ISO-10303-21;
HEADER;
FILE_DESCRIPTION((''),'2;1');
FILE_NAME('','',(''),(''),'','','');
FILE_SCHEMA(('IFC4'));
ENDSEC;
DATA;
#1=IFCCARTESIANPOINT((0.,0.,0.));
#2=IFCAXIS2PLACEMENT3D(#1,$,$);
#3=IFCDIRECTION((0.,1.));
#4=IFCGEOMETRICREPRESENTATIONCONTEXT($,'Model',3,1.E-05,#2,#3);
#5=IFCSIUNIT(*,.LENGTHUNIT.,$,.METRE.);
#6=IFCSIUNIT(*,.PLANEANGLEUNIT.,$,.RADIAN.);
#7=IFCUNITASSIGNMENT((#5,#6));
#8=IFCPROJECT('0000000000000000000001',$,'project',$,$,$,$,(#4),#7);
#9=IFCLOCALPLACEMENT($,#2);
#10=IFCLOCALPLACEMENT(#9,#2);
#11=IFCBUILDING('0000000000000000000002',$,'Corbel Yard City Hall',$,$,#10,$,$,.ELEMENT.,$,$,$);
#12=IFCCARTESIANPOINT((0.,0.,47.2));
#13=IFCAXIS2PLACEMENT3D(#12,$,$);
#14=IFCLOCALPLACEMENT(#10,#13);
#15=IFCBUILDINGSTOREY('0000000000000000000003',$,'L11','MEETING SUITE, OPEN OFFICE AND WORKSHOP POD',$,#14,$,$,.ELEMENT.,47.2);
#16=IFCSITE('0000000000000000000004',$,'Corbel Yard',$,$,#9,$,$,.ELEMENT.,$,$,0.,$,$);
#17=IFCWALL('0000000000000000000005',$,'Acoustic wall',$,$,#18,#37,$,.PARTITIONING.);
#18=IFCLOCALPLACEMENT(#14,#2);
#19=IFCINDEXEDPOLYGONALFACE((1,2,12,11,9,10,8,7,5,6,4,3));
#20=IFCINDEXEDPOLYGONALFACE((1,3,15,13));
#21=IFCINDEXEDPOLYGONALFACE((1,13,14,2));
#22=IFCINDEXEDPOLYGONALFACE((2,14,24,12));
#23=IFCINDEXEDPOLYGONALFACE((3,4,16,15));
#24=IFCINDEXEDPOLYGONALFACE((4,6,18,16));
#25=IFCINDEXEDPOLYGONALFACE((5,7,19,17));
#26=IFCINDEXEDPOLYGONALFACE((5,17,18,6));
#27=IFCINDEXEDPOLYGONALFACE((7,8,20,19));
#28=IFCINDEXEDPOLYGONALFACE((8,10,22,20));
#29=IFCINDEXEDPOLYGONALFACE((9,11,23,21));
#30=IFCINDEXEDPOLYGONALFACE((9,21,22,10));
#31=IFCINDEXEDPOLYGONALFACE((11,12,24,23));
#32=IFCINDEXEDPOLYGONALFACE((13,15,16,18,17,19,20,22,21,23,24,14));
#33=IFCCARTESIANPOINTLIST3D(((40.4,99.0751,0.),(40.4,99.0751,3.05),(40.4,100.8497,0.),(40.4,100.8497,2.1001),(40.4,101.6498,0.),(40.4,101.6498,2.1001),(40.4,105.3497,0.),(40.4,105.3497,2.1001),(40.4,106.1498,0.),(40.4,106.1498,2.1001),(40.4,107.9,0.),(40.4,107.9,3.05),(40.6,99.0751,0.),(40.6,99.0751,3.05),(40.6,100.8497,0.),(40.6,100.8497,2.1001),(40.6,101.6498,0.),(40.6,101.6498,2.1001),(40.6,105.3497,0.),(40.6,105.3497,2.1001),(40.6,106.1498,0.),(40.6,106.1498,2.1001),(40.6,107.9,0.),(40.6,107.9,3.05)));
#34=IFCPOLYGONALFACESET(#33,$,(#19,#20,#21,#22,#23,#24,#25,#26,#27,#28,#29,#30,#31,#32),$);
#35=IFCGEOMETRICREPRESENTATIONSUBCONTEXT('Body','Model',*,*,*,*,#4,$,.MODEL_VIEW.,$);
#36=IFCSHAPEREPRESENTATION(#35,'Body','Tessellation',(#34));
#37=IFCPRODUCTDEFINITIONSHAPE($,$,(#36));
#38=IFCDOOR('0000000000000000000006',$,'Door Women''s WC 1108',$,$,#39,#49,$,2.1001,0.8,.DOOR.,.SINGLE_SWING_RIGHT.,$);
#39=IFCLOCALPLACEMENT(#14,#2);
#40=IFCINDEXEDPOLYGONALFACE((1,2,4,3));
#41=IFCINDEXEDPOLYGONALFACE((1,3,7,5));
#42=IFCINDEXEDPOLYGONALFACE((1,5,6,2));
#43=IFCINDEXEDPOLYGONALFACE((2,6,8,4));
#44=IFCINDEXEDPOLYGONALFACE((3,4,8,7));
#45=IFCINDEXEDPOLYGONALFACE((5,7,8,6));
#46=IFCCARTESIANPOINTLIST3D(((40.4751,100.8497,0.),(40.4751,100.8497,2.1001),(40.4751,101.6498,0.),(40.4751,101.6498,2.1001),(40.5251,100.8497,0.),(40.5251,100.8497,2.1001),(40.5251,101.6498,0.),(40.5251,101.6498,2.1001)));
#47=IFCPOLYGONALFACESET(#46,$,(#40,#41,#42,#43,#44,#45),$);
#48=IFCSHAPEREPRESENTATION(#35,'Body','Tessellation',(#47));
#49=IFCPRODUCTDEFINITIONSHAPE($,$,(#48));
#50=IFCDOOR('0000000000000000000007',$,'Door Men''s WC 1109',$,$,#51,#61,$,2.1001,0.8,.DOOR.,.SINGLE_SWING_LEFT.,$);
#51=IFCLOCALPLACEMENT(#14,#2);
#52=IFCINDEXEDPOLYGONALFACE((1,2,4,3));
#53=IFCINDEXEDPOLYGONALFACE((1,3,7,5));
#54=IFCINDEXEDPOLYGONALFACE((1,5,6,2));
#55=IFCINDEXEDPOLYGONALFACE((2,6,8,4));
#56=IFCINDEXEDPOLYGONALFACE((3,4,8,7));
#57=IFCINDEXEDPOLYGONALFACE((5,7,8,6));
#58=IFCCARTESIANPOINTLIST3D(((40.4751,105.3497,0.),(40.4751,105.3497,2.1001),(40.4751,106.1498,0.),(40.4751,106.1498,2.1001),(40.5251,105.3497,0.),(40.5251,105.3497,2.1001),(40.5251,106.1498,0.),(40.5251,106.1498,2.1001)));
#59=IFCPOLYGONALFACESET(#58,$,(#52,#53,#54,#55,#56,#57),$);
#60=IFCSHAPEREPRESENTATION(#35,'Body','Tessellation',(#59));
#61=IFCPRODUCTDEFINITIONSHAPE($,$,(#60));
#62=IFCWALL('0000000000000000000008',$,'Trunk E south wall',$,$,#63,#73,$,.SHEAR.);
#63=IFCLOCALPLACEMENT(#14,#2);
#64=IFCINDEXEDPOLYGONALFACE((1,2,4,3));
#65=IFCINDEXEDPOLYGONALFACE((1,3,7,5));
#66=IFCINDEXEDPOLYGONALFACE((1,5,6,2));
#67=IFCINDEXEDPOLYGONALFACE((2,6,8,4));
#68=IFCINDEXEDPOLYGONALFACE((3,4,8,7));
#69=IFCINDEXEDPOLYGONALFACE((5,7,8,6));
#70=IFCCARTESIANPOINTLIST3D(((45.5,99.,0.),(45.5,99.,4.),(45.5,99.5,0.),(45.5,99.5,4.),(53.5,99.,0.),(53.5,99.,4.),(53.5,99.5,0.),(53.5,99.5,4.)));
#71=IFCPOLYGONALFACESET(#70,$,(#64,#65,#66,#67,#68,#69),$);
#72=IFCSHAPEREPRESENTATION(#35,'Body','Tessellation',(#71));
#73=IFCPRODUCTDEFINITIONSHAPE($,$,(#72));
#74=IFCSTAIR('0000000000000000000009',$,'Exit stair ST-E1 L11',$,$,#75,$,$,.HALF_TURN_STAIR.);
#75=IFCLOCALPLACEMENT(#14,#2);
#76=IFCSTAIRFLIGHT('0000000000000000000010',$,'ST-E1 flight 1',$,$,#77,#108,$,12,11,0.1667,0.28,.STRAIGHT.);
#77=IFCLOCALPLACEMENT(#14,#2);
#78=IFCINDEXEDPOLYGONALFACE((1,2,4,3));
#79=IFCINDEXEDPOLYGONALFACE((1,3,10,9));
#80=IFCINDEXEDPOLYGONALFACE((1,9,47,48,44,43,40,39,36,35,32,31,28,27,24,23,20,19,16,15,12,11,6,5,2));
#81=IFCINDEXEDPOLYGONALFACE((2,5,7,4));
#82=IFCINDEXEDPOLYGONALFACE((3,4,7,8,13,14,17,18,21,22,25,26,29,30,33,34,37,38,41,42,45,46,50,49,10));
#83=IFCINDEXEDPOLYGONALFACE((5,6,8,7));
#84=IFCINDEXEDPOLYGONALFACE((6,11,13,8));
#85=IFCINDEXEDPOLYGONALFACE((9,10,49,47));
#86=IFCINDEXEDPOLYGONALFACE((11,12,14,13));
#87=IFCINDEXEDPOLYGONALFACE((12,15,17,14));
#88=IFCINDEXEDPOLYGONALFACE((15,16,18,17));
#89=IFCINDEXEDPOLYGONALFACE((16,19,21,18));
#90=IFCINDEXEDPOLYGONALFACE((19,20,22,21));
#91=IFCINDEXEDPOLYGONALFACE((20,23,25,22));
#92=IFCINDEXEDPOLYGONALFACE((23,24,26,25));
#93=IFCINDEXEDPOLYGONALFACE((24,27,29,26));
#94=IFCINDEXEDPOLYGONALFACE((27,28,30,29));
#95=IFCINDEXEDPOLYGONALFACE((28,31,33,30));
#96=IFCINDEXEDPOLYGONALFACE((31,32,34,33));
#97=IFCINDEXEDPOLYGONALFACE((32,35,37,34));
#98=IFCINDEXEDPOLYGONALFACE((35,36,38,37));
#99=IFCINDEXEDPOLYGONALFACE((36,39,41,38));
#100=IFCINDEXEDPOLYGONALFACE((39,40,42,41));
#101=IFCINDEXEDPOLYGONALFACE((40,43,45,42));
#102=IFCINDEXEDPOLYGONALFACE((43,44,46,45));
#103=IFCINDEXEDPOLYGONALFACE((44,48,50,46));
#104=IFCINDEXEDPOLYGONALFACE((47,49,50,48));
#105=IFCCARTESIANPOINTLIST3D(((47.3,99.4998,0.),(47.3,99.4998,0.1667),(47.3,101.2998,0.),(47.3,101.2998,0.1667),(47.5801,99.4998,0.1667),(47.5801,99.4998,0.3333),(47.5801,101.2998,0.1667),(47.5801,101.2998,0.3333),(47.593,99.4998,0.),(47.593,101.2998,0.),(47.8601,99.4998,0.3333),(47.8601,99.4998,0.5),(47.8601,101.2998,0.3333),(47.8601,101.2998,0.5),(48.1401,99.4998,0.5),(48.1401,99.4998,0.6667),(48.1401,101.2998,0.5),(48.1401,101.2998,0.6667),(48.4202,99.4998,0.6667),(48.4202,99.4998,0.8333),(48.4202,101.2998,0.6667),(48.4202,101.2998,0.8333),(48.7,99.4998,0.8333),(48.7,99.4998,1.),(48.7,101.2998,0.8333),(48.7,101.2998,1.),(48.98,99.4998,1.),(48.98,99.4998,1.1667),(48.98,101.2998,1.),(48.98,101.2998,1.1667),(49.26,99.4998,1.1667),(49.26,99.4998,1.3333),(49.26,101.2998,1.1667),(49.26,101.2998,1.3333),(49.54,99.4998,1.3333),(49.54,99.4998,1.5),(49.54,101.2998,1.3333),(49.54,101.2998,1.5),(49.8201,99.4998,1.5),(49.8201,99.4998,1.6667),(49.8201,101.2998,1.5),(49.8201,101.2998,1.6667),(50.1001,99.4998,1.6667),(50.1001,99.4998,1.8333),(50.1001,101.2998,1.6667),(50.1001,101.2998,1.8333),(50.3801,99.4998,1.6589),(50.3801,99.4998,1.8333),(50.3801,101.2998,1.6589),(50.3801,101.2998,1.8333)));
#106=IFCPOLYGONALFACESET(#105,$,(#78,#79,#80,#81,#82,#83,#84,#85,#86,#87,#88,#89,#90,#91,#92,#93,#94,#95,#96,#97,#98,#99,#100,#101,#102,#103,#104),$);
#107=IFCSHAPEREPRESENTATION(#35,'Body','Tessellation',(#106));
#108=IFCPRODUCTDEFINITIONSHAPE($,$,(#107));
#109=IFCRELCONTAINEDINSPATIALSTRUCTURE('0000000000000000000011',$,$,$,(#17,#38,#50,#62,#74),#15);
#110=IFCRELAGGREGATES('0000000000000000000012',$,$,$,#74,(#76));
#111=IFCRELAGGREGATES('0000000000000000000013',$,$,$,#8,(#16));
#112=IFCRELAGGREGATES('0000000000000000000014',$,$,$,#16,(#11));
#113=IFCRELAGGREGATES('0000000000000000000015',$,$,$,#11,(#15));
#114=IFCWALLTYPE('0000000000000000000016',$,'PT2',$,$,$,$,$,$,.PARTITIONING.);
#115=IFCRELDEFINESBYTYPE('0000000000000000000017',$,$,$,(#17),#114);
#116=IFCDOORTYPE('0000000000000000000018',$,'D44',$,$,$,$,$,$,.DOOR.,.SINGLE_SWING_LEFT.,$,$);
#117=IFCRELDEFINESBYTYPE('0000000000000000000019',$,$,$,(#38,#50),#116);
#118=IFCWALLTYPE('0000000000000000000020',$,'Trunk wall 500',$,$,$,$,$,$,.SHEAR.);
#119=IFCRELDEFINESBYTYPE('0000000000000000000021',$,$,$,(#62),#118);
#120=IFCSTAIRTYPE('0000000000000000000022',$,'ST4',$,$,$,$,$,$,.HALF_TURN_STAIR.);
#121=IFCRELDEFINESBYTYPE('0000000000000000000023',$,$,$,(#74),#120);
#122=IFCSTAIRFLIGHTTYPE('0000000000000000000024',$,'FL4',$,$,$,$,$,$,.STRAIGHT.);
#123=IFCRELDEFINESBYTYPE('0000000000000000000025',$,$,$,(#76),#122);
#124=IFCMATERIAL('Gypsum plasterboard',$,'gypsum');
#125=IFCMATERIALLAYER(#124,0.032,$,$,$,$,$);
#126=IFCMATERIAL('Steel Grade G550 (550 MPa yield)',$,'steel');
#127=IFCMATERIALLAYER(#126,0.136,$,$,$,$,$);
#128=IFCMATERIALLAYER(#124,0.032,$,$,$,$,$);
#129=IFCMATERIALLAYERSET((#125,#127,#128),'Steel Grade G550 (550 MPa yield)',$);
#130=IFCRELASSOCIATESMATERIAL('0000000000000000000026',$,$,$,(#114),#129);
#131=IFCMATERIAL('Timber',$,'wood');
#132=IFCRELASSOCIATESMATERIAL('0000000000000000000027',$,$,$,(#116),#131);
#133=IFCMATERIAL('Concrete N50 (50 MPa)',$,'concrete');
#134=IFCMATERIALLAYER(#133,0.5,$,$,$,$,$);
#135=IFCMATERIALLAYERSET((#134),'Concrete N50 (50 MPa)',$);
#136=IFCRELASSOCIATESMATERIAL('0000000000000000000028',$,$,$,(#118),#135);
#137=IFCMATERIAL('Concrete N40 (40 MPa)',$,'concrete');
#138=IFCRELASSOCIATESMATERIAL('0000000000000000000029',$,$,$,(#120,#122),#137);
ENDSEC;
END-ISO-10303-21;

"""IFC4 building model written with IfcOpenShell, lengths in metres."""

from ifc_helpers import new_model, si_unit, direction, frame, frame_2d, origin, place, context, subcontext, project, spatial, polyline, rectangle, outline, extrude, material, layer, layer_set, type_object, element, fill, aggregate, save


model = new_model("IFC4")

# Units and contexts
model_context = context("Model", 3, precision=1e-05, world=origin(), true_north=direction((0.0, 1.0)))
body_context = subcontext(model_context, "Body", "Model", "MODEL_VIEW")
ifc_project = project(units=[si_unit("LENGTHUNIT", "METRE"), si_unit("PLANEANGLEUNIT", "RADIAN")], contexts=[model_context])

# Site, building, storey
site_placement = place(None, origin())
site = spatial("IfcSite", under=ifc_project, at=site_placement, Name="Corbel Yard", CompositionType="ELEMENT", RefElevation=0.0)
building_placement = place(site_placement, origin())
building = spatial("IfcBuilding", under=site, at=building_placement, Name="Corbel Yard City Hall", CompositionType="ELEMENT")
storey_placement = place(building_placement, frame((0.0, 0.0, 47.2)))
storey = spatial("IfcBuildingStorey", under=building, at=storey_placement, Name="L11", Description="MEETING SUITE, OPEN OFFICE AND WORKSHOP POD", CompositionType="ELEMENT", Elevation=47.2)

# Wall, openings, doors
ifc_material_1 = material(Name="Gypsum plasterboard", Category="gypsum")
ifc_layer_1 = layer(ifc_material_1, 0.032)
ifc_material_2 = material(Name="Steel Grade G550 (550 MPa yield)", Category="steel")
ifc_layer_2 = layer(ifc_material_2, 0.136)
ifc_layer_3 = layer(ifc_material_1, 0.032)
ifc_layer_set_1 = layer_set([ifc_layer_1, ifc_layer_2, ifc_layer_3], Name="Steel Grade G550 (550 MPa yield)")
wall_type_1 = type_object("IfcWallType", Name="PT2", PredefinedType="PARTITIONING", material=ifc_layer_set_1)
wall_1_placement = place(storey_placement, frame((40.5, 99.075, 0.0), z_axis=(0.0, 0.0, 1.0), x_axis=(0.0, 1.0, 0.0)))
wall_1 = element("IfcWall", 1, at=wall_1_placement, inside=storey, type_object=wall_type_1, Name="Acoustic wall", PredefinedType="PARTITIONING", context=body_context, shape_type="SweptSolid", body=[
    extrude(rectangle(XDim=8.825, YDim=0.2, at=frame_2d((4.4126, 0.0))), origin(), (0.0, 0.0, 1.0), 3.05),
])
opening_1_placement = place(wall_1_placement, frame((1.7749, 0.0, 0.0)))
opening_1 = element("IfcOpeningElement", 2, at=opening_1_placement, cuts=wall_1, PredefinedType="OPENING", context=body_context, shape_type="SweptSolid", body=[
    extrude(rectangle(XDim=0.8, YDim=2.1001, at=frame_2d((0.3999, 1.05))), frame((0.0, 0.1099, 0.0), z_axis=(0.0, -1.0, 0.0), x_axis=(1.0, 0.0, 0.0)), (0.0, 0.0, 1.0), 0.22),
])
opening_2_placement = place(wall_1_placement, frame((6.2749, 0.0, 0.0)))
opening_2 = element("IfcOpeningElement", 3, at=opening_2_placement, cuts=wall_1, PredefinedType="OPENING", context=body_context, shape_type="SweptSolid", body=[
    extrude(rectangle(XDim=0.8, YDim=2.1001, at=frame_2d((0.3999, 1.05))), frame((0.0, 0.1099, 0.0), z_axis=(0.0, -1.0, 0.0), x_axis=(1.0, 0.0, 0.0)), (0.0, 0.0, 1.0), 0.22),
])
ifc_material_3 = material(Name="Timber", Category="wood")
door_type = type_object("IfcDoorType", Name="D44", OperationType="SINGLE_SWING_LEFT", PredefinedType="DOOR", material=ifc_material_3)
door_1_placement = place(opening_1_placement, origin())
door_1 = element("IfcDoor", 4, at=door_1_placement, inside=storey, type_object=door_type, Name="Door Women's WC 1108", OperationType="SINGLE_SWING_RIGHT", OverallHeight=2.1001, OverallWidth=0.8, PredefinedType="DOOR", context=body_context, shape_type="SweptSolid", body=[
    extrude(rectangle(XDim=0.8, YDim=2.1001, at=frame_2d((0.3999, 1.05))), frame((0.0, 0.0249, 0.0), z_axis=(0.0, -1.0, 0.0), x_axis=(1.0, 0.0, 0.0)), (0.0, 0.0, 1.0), 0.05),
])
fill(opening_1, door_1)
door_2_placement = place(opening_2_placement, origin())
door_2 = element("IfcDoor", 5, at=door_2_placement, inside=storey, type_object=door_type, Name="Door Men's WC 1109", OperationType="SINGLE_SWING_LEFT", OverallHeight=2.1001, OverallWidth=0.8, PredefinedType="DOOR", context=body_context, shape_type="SweptSolid", body=[
    extrude(rectangle(XDim=0.8, YDim=2.1001, at=frame_2d((0.3999, 1.05))), frame((0.0, 0.0249, 0.0), z_axis=(0.0, -1.0, 0.0), x_axis=(1.0, 0.0, 0.0)), (0.0, 0.0, 1.0), 0.05),
])
fill(opening_2, door_2)

# Wall
ifc_material_4 = material(Name="Concrete N50 (50 MPa)", Category="concrete")
ifc_layer_4 = layer(ifc_material_4, 0.5)
ifc_layer_set_2 = layer_set([ifc_layer_4], Name="Concrete N50 (50 MPa)")
wall_type_2 = type_object("IfcWallType", Name="Trunk wall 500", PredefinedType="SHEAR", material=ifc_layer_set_2)
wall_2_placement = place(storey_placement, frame((45.5, 99.25, 0.0), z_axis=(0.0, 0.0, 1.0), x_axis=(1.0, 0.0, 0.0)))
element("IfcWall", 6, at=wall_2_placement, inside=storey, type_object=wall_type_2, Name="Trunk E south wall", PredefinedType="SHEAR", context=body_context, shape_type="SweptSolid", body=[
    extrude(rectangle(XDim=8.0, YDim=0.5, at=frame_2d((4.0, 0.0))), origin(), (0.0, 0.0, 1.0), 4.0),
])

# Stair, stair flight
ifc_material_5 = material(Name="Concrete N40 (40 MPa)", Category="concrete")
stair_type = type_object("IfcStairType", Name="ST4", PredefinedType="HALF_TURN_STAIR", material=ifc_material_5)
stair_placement = place(storey_placement, origin())
stair = element("IfcStair", 7, at=stair_placement, inside=storey, type_object=stair_type, Name="Exit stair ST-E1 L11", PredefinedType="HALF_TURN_STAIR")
stair_flight_type = type_object("IfcStairFlightType", Name="FL4", PredefinedType="STRAIGHT", material=ifc_material_5)
stair_flight_placement = place(storey_placement, frame((47.3, 100.3999, 0.0), z_axis=(0.0, 0.0, 1.0), x_axis=(1.0, 0.0, 0.0)))
stair_flight = element("IfcStairFlight", 8, at=stair_flight_placement, type_object=stair_flight_type, Name="ST-E1 flight 1", NumberOfRisers=12, NumberOfTreads=11, PredefinedType="STRAIGHT", RiserHeight=0.1667, TreadLength=0.28, context=body_context, shape_type="SweptSolid", body=[
    extrude(outline(polyline([(0.0, 0.0), (0.0, 0.1667), (0.28, 0.1667), (0.28, 0.3333), (0.5601, 0.3333), (0.5601, 0.5), (0.8401, 0.5), (0.8401, 0.6667), (1.1201, 0.6667), (1.1201, 0.8333), (1.3999, 0.8333), (1.3999, 1.0), (1.6799, 1.0), (1.6799, 1.1667), (1.96, 1.1667), (1.96, 1.3333), (2.24, 1.3333), (2.24, 1.5), (2.52, 1.5), (2.52, 1.6667), (2.8, 1.6667), (2.8, 1.8333), (3.0801, 1.8333), (3.0801, 2.0), (3.0801, 1.6589), (0.293, 0.0), (0.0, 0.0)])), frame((0.0, 0.8999, 0.0), z_axis=(0.0, -1.0, 0.0), x_axis=(1.0, 0.0, 0.0)), (0.0, 0.0, 1.0), 1.8),
])
aggregate(stair, [stair_flight])

save(model, "model.ifc")
